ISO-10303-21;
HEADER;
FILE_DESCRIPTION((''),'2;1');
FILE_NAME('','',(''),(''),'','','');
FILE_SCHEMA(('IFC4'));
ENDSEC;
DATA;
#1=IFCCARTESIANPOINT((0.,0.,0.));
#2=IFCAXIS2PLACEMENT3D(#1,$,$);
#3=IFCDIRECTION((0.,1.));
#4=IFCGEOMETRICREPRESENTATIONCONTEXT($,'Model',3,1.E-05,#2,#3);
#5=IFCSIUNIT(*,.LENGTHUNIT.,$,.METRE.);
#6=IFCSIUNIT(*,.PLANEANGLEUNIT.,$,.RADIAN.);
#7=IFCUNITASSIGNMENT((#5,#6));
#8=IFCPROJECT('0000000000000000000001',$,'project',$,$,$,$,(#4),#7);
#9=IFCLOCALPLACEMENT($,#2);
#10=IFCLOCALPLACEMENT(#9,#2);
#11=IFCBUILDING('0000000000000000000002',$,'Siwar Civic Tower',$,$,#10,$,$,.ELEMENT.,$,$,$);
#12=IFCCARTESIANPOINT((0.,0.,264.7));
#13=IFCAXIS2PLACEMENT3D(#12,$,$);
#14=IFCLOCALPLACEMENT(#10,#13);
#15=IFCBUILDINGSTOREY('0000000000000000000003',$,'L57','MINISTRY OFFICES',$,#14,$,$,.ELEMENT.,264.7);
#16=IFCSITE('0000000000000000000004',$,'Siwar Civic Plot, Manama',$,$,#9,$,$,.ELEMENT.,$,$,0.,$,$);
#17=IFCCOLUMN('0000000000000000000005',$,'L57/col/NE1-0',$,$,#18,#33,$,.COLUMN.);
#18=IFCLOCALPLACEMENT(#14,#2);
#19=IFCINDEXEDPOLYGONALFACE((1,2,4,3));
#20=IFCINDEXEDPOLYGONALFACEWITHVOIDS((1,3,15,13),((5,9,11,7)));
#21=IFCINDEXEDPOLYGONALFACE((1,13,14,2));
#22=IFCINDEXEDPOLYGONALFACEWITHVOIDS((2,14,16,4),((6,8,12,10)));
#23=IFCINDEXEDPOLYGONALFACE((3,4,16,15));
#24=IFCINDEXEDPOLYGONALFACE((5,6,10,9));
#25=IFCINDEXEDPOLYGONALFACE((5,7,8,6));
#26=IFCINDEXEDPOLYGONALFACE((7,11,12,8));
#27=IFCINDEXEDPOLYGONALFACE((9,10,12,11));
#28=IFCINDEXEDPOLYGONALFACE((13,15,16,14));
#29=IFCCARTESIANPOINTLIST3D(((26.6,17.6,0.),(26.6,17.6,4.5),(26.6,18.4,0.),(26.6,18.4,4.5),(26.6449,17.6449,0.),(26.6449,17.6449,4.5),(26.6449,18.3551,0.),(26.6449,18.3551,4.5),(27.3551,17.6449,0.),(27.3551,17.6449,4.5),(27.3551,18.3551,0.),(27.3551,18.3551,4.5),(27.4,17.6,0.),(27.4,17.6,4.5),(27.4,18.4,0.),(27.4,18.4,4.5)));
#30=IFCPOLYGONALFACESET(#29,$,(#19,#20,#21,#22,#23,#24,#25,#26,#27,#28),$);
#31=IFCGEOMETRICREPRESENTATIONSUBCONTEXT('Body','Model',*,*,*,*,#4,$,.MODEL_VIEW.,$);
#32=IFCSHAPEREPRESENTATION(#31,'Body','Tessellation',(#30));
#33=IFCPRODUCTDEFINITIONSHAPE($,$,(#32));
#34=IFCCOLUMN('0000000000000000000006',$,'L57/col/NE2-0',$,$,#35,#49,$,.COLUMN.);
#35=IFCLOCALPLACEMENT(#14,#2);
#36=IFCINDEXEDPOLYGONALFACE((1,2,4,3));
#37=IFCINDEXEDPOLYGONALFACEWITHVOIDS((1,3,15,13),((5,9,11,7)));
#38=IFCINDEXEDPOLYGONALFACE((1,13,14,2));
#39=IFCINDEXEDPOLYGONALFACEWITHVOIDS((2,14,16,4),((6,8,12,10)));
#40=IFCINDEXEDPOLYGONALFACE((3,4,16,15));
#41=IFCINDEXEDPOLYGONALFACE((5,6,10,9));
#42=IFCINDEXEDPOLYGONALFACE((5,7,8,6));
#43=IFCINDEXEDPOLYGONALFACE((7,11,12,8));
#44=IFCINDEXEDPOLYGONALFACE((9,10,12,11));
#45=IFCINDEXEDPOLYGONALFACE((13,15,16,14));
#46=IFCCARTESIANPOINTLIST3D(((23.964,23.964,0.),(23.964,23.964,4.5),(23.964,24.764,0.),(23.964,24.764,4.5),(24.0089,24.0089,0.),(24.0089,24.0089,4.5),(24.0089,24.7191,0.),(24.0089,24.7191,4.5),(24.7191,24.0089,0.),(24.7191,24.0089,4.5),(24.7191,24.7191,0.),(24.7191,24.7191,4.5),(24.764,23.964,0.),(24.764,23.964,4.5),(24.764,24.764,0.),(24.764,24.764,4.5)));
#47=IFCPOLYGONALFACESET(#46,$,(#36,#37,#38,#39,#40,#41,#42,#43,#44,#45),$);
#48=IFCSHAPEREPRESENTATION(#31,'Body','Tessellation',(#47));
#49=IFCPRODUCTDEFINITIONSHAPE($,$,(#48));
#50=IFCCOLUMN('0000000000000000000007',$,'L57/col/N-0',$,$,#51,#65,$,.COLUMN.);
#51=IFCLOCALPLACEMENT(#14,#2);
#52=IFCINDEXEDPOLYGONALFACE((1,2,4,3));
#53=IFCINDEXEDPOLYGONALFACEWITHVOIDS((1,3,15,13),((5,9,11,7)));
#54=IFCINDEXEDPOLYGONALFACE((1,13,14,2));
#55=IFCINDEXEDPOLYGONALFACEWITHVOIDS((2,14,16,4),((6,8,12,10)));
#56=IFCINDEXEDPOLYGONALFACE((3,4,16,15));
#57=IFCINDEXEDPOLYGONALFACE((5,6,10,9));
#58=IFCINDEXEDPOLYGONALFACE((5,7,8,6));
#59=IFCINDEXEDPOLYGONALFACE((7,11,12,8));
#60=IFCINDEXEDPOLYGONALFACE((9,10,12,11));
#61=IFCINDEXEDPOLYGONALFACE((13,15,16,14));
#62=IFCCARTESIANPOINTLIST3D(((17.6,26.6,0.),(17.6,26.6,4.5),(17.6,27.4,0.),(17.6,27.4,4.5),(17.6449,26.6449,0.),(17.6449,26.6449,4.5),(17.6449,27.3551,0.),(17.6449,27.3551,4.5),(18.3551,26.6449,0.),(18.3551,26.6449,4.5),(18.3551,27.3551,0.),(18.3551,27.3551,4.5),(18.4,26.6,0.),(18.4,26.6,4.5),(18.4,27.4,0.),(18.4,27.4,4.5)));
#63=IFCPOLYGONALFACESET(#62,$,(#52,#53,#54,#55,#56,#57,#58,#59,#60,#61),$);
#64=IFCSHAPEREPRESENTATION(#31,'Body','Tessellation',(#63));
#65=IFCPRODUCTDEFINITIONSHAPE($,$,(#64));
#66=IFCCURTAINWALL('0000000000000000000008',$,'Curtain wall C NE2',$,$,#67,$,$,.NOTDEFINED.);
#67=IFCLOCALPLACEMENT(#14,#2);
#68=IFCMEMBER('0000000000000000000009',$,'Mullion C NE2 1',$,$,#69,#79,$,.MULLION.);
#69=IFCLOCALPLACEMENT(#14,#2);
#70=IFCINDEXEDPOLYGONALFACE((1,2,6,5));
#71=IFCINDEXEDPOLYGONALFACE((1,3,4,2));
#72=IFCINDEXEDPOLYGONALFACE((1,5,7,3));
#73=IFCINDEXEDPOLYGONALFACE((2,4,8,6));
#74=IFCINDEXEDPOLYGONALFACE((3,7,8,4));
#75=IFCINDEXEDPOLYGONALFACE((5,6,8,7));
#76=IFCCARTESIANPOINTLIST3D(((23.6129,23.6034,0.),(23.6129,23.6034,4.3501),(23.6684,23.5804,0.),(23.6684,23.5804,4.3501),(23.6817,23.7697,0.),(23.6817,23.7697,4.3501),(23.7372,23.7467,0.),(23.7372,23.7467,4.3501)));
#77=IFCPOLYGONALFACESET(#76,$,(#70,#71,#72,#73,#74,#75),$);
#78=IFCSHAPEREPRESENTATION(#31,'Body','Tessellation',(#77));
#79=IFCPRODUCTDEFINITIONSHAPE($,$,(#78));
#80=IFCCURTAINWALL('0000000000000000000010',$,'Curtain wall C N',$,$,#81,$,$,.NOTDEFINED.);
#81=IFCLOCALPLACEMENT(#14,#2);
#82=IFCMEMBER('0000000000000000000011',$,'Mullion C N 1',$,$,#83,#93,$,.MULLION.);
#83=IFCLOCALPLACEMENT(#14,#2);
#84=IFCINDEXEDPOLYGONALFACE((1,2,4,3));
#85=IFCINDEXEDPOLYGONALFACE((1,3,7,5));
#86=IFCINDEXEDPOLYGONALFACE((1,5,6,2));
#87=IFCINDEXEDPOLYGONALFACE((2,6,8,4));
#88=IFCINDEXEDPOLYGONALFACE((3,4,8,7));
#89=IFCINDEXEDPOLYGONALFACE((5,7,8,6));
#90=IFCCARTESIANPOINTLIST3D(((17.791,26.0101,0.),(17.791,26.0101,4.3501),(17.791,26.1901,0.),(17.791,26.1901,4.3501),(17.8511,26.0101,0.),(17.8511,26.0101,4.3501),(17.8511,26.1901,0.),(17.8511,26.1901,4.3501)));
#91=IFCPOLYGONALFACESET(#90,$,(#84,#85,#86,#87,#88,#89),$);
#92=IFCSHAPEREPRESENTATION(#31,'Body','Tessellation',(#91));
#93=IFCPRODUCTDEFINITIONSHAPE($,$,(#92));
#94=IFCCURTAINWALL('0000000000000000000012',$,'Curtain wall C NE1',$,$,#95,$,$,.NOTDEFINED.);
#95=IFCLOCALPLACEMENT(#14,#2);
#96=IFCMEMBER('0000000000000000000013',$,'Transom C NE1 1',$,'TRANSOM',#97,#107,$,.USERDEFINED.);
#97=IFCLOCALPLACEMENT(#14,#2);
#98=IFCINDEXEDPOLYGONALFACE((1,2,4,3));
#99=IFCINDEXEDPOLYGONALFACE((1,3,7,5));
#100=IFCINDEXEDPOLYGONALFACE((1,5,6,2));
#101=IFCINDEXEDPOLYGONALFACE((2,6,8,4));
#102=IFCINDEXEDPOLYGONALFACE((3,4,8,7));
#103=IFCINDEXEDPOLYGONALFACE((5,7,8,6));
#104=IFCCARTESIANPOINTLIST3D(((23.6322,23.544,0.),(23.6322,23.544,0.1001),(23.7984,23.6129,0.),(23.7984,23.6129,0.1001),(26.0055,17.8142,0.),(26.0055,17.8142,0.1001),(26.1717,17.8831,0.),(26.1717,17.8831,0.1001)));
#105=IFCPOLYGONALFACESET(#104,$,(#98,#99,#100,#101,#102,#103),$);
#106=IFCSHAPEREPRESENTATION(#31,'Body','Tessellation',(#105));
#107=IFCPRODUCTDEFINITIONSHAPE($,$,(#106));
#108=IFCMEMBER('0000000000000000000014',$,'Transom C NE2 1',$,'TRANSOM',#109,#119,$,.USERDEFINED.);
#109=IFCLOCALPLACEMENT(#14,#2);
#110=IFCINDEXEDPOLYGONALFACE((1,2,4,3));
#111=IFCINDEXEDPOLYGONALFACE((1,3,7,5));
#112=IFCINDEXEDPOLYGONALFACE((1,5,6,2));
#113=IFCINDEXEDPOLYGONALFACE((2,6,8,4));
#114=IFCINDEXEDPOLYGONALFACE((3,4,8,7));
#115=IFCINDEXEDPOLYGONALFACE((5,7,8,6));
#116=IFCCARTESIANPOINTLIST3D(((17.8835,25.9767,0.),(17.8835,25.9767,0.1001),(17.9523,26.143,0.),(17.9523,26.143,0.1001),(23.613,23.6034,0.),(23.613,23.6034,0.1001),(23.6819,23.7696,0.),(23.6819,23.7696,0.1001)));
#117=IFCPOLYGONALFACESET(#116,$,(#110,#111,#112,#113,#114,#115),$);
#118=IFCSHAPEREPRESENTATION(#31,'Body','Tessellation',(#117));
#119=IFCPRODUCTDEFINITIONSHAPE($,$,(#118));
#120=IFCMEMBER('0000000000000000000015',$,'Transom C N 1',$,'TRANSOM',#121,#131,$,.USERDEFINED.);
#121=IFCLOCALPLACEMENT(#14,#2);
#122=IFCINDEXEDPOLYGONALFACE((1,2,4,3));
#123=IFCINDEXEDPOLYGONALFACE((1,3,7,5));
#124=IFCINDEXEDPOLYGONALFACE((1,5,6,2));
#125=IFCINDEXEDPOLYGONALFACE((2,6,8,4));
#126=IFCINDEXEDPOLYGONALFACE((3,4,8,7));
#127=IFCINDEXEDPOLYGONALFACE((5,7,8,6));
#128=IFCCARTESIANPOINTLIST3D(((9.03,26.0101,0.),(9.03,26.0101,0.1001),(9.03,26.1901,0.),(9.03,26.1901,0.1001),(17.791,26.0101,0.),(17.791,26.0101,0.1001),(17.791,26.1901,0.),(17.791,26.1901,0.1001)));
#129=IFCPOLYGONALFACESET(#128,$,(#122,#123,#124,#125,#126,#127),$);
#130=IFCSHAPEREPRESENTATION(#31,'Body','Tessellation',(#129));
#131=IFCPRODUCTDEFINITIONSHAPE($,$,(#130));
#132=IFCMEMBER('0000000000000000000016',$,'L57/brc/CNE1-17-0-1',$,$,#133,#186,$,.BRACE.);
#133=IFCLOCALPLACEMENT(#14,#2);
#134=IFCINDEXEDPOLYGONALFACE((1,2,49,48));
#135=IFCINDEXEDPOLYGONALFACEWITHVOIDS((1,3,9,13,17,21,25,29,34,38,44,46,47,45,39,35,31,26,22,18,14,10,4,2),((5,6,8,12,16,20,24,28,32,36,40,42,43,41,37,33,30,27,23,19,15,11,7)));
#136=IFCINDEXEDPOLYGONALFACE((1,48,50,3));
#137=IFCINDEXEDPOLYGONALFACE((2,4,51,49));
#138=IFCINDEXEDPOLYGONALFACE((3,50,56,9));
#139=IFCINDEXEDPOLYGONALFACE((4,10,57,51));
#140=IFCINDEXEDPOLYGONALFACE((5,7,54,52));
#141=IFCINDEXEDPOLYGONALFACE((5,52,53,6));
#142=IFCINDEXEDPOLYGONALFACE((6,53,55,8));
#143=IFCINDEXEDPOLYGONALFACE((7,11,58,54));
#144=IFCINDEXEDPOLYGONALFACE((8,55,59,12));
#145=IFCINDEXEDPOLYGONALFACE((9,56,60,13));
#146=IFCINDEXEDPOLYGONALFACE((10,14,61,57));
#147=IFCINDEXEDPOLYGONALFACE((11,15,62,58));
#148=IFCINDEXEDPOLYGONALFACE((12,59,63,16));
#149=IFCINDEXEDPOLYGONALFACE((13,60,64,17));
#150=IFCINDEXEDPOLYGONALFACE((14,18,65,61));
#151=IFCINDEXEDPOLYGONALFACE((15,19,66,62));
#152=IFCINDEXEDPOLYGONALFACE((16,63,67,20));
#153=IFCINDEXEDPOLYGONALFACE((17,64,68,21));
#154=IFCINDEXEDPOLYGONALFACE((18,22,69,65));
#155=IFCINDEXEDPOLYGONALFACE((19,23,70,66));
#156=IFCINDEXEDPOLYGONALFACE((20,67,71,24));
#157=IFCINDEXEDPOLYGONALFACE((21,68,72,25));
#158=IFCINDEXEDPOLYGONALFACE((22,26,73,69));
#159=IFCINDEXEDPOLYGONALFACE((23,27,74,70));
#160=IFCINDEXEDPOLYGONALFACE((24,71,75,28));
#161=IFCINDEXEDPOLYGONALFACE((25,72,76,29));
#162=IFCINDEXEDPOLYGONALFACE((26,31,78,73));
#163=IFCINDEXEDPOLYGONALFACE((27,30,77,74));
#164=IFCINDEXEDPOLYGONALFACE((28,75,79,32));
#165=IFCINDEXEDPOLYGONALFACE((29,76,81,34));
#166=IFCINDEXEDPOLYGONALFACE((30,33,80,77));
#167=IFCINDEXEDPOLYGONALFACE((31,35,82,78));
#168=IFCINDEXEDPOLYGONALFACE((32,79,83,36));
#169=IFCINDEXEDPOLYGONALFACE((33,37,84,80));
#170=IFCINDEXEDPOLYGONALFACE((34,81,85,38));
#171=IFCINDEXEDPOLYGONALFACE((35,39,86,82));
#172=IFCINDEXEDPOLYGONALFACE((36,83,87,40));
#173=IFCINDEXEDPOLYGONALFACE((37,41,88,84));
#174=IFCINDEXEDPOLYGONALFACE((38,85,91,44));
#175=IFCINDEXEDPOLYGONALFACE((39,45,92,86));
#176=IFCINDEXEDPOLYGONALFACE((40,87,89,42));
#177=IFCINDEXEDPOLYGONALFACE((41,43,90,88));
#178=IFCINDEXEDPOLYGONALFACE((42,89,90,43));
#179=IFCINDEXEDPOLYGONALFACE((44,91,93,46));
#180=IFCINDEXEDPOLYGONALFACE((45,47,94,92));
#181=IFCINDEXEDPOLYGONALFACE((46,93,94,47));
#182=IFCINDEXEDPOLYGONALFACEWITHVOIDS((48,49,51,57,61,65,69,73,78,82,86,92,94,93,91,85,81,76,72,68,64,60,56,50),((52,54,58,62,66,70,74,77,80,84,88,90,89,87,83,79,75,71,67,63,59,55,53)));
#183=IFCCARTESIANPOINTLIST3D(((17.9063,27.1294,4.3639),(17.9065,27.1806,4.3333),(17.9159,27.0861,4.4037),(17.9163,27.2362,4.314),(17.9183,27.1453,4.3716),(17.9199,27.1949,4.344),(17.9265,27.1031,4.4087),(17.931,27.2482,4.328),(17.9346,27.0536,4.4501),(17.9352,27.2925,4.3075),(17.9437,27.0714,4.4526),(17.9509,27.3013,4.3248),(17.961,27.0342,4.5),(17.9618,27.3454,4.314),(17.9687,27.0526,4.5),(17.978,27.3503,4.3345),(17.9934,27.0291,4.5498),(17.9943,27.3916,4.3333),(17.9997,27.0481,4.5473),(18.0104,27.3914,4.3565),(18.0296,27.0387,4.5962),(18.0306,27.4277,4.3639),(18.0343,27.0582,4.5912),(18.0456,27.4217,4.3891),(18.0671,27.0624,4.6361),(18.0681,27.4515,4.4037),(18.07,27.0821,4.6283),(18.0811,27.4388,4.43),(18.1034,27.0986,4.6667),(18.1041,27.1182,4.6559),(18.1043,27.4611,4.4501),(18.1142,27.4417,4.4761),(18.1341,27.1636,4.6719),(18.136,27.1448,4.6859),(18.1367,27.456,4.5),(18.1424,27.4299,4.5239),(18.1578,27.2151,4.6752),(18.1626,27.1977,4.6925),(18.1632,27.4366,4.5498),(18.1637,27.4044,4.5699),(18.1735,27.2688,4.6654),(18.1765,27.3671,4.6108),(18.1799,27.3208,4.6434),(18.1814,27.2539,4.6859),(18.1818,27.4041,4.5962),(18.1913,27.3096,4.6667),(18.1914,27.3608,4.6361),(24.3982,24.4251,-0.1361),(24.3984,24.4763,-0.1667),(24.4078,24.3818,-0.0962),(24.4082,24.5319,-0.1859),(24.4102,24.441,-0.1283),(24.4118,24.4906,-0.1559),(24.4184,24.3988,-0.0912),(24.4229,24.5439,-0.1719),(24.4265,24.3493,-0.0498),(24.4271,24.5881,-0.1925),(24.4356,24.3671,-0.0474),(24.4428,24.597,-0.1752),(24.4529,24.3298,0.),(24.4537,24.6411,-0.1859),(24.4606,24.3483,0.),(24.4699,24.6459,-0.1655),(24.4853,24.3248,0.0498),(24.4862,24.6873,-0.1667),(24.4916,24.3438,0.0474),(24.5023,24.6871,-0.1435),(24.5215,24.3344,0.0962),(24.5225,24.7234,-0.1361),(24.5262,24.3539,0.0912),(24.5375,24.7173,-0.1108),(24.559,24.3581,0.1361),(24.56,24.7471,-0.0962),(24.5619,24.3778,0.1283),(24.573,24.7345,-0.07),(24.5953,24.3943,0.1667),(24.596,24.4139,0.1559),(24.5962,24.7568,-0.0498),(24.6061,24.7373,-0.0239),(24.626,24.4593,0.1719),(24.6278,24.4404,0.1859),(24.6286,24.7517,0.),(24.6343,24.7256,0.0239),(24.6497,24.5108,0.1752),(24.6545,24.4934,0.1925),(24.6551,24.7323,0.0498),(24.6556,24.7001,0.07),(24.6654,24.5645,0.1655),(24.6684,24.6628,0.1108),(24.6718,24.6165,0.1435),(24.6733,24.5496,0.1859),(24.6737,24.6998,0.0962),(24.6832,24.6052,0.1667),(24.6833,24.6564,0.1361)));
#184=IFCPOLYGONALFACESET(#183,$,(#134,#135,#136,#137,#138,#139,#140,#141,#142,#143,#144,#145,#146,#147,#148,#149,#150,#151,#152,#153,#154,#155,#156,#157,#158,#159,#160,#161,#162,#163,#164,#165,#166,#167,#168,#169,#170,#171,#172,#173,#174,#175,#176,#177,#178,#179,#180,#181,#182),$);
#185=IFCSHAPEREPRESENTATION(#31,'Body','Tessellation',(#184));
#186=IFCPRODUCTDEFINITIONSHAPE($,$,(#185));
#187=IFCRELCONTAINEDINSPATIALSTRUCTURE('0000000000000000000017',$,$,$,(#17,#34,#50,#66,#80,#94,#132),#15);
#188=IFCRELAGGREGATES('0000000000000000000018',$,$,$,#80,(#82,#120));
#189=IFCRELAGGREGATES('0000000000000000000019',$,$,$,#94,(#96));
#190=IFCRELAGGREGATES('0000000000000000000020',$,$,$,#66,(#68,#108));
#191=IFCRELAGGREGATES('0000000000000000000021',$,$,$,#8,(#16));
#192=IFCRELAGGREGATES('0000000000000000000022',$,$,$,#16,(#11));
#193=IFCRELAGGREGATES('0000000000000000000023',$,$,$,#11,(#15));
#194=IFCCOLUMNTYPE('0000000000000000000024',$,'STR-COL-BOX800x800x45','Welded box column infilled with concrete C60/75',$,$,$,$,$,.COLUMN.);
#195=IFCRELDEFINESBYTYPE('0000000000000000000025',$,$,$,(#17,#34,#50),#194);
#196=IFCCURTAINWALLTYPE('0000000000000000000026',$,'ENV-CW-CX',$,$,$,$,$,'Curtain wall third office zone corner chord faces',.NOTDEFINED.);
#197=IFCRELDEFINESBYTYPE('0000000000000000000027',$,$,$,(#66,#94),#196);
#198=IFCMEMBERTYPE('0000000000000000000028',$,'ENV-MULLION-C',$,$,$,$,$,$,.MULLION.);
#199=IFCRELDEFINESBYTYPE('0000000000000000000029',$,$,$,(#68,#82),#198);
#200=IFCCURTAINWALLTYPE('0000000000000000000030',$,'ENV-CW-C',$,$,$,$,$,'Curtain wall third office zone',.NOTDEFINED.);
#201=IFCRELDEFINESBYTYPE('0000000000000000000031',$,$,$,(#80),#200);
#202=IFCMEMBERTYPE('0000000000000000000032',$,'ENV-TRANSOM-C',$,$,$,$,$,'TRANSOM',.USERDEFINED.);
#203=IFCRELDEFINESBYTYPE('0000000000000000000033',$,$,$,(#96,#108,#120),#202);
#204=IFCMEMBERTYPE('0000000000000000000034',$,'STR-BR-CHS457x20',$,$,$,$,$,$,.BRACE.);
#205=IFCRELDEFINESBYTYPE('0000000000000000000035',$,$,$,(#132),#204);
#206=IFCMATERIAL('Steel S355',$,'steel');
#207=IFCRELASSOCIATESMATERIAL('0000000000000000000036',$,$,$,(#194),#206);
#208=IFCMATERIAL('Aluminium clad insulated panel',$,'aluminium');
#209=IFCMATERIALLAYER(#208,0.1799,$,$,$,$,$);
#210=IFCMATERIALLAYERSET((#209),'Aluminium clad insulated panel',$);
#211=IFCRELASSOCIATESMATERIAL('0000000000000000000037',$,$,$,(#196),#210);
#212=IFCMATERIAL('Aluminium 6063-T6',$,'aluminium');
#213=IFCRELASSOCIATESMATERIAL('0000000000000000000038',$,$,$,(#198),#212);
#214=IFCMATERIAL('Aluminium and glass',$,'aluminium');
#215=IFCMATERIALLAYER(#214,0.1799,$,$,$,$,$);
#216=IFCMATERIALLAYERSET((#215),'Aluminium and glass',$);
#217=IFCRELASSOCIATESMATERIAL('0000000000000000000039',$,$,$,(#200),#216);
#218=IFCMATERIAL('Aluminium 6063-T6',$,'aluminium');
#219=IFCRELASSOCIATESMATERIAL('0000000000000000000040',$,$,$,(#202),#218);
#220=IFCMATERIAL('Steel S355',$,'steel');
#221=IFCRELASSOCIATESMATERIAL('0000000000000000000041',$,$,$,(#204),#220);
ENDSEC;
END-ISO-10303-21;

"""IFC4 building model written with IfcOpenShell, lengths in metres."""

from ifc_helpers import new_model, si_unit, direction, frame, origin, origin_2d, place, context, subcontext, project, spatial, rectangle, hollow_rectangle, hollow_circle, extrude, material, layer, layer_set, material_profile, profile_set, type_object, element, aggregate, save


model = new_model("IFC4")

# Units and contexts
model_context = context("Model", 3, precision=1e-05, world=origin(), true_north=direction((0.0, 1.0)))
body_context = subcontext(model_context, "Body", "Model", "MODEL_VIEW")
ifc_project = project(units=[si_unit("LENGTHUNIT", "METRE"), si_unit("PLANEANGLEUNIT", "RADIAN")], contexts=[model_context])

# Site, building, storey
site_placement = place(None, origin())
site = spatial("IfcSite", under=ifc_project, at=site_placement, Name="Siwar Civic Plot, Manama", CompositionType="ELEMENT", RefElevation=0.0)
building_placement = place(site_placement, origin())
building = spatial("IfcBuilding", under=site, at=building_placement, Name="Siwar Civic Tower", CompositionType="ELEMENT")
storey_placement = place(building_placement, frame((0.0, 0.0, 264.7)))
storey = spatial("IfcBuildingStorey", under=building, at=storey_placement, Name="L57", Description="MINISTRY OFFICES", CompositionType="ELEMENT", Elevation=264.7)

# Columns
ifc_material_1 = material(Name="Steel S355", Category="steel")
ifc_material_profile_1 = material_profile(ifc_material_1, hollow_rectangle(XDim=0.8, YDim=0.8, WallThickness=0.0449, at=origin_2d()), Name="BOX800x800x45")
ifc_profile_set_1 = profile_set([ifc_material_profile_1], Name="Steel S355")
column_type = type_object("IfcColumnType", Name="STR-COL-BOX800x800x45", Description="Welded box column infilled with concrete C60/75", PredefinedType="COLUMN", material=ifc_profile_set_1)
for number, where, z_axis, x_axis, name in (
    (1, (27.0, 18.0, 0.0), (0.0, 0.0, 1.0), (1.0, 0.0, 0.0), "L57/col/NE1-0"),
    (2, (24.364, 24.364, 0.0), (0.0, 0.0, 1.0), (1.0, 0.0, 0.0), "L57/col/NE2-0"),
    (3, (18.0, 27.0, 0.0), (0.0, 0.0, 1.0), (1.0, 0.0, 0.0), "L57/col/N-0"),
):
    element("IfcColumn", number, at=place(storey_placement, frame(where, z_axis=z_axis, x_axis=x_axis)), inside=storey, type_object=column_type, Name=name, PredefinedType="COLUMN", context=body_context, shape_type="SweptSolid", body=[
        extrude(hollow_rectangle(XDim=0.8, YDim=0.8, WallThickness=0.0449, at=origin_2d()), origin(), (0.0, 0.0, 1.0), 4.5),
    ])

# Curtain walls, members
ifc_material_2 = material(Name="Aluminium clad insulated panel", Category="aluminium")
ifc_layer_1 = layer(ifc_material_2, 0.1799)
ifc_layer_set_1 = layer_set([ifc_layer_1], Name="Aluminium clad insulated panel")
curtain_wall_type_1 = type_object("IfcCurtainWallType", Name="ENV-CW-CX", ElementType="Curtain wall third office zone corner chord faces", PredefinedType="NOTDEFINED", material=ifc_layer_set_1)
curtain_wall_1_placement = place(storey_placement, origin())
curtain_wall_1 = element("IfcCurtainWall", 4, at=curtain_wall_1_placement, inside=storey, type_object=curtain_wall_type_1, Name="Curtain wall C NE2", PredefinedType="NOTDEFINED")
ifc_material_3 = material(Name="Aluminium 6063-T6", Category="aluminium")
ifc_material_profile_2 = material_profile(ifc_material_3, rectangle(XDim=0.1799, YDim=0.0601, at=origin_2d()), Name="AL 180x60")
ifc_profile_set_2 = profile_set([ifc_material_profile_2], Name="Aluminium 6063-T6")
member_type_1 = type_object("IfcMemberType", Name="ENV-MULLION-C", PredefinedType="MULLION", material=ifc_profile_set_2)
member_1_placement = place(storey_placement, frame((23.675, 23.675, 0.0), z_axis=(0.0, 0.0, 1.0), x_axis=(-0.382683, -0.92388, 0.0)))
member_1 = element("IfcMember", 5, at=member_1_placement, type_object=member_type_1, Name="Mullion C NE2 1", PredefinedType="MULLION", context=body_context, shape_type="SweptSolid", body=[
    extrude(rectangle(XDim=0.1799, YDim=0.0601, at=origin_2d()), origin(), (0.0, 0.0, 1.0), 4.3501),
])
ifc_material_4 = material(Name="Aluminium and glass", Category="aluminium")
ifc_layer_2 = layer(ifc_material_4, 0.1799)
ifc_layer_set_2 = layer_set([ifc_layer_2], Name="Aluminium and glass")
curtain_wall_type_2 = type_object("IfcCurtainWallType", Name="ENV-CW-C", ElementType="Curtain wall third office zone", PredefinedType="NOTDEFINED", material=ifc_layer_set_2)
curtain_wall_2_placement = place(storey_placement, origin())
curtain_wall_2 = element("IfcCurtainWall", 6, at=curtain_wall_2_placement, inside=storey, type_object=curtain_wall_type_2, Name="Curtain wall C N", PredefinedType="NOTDEFINED")
member_2_placement = place(storey_placement, frame((17.821, 26.1001, 0.0), z_axis=(0.0, 0.0, 1.0), x_axis=(0.0, -1.0, 0.0)))
member_2 = element("IfcMember", 7, at=member_2_placement, type_object=member_type_1, Name="Mullion C N 1", PredefinedType="MULLION", context=body_context, shape_type="SweptSolid", body=[
    extrude(rectangle(XDim=0.1799, YDim=0.0601, at=origin_2d()), origin(), (0.0, 0.0, 1.0), 4.3501),
])
curtain_wall_3_placement = place(storey_placement, origin())
curtain_wall_3 = element("IfcCurtainWall", 8, at=curtain_wall_3_placement, inside=storey, type_object=curtain_wall_type_1, Name="Curtain wall C NE1", PredefinedType="NOTDEFINED")
ifc_material_5 = material(Name="Aluminium 6063-T6", Category="aluminium")
ifc_material_profile_3 = material_profile(ifc_material_5, rectangle(XDim=0.1799, YDim=0.1001, at=origin_2d()), Name="AL 180x100")
ifc_profile_set_3 = profile_set([ifc_material_profile_3], Name="Aluminium 6063-T6")
member_type_2 = type_object("IfcMemberType", Name="ENV-TRANSOM-C", ElementType="TRANSOM", PredefinedType="USERDEFINED", material=ifc_profile_set_3)
member_3_placement = place(storey_placement, frame((26.0886, 17.8486, 0.05), z_axis=(-0.382677, 0.923882, 0.0), x_axis=(-0.923882, -0.382677, 0.0)))
member_3 = element("IfcMember", 9, at=member_3_placement, type_object=member_type_2, Name="Transom C NE1 1", ObjectType="TRANSOM", PredefinedType="USERDEFINED", context=body_context, shape_type="SweptSolid", body=[
    extrude(rectangle(XDim=0.1799, YDim=0.1001, at=origin_2d()), origin(), (0.0, 0.0, 1.0), 6.2019),
])

# Members
member_4_placement = place(storey_placement, frame((23.6475, 23.6865, 0.05), z_axis=(-0.923876, 0.382691, 0.0), x_axis=(-0.382691, -0.923876, 0.0)))
member_4 = element("IfcMember", 10, at=member_4_placement, type_object=member_type_2, Name="Transom C NE2 1", ObjectType="TRANSOM", PredefinedType="USERDEFINED", context=body_context, shape_type="SweptSolid", body=[
    extrude(rectangle(XDim=0.1799, YDim=0.1001, at=origin_2d()), origin(), (0.0, 0.0, 1.0), 6.2017),
])
member_5_placement = place(storey_placement, frame((17.791, 26.1001, 0.05), z_axis=(-1.0, 0.0, 0.0), x_axis=(0.0, -1.0, 0.0)))
member_5 = element("IfcMember", 11, at=member_5_placement, type_object=member_type_2, Name="Transom C N 1", ObjectType="TRANSOM", PredefinedType="USERDEFINED", context=body_context, shape_type="SweptSolid", body=[
    extrude(rectangle(XDim=0.1799, YDim=0.1001, at=origin_2d()), origin(), (0.0, 0.0, 1.0), 8.761),
])
aggregate(curtain_wall_2, [member_2, member_5])

# Member
ifc_material_6 = material(Name="Steel S355", Category="steel")
ifc_material_profile_4 = material_profile(ifc_material_6, hollow_circle(Radius=0.2285, WallThickness=0.02, at=origin_2d()), Name="CHS457x20")
ifc_profile_set_4 = profile_set([ifc_material_profile_4], Name="Steel S355")
member_type_3 = type_object("IfcMemberType", Name="STR-BR-CHS457x20", PredefinedType="BRACE", material=ifc_profile_set_4)
member_6_placement = place(storey_placement, frame((24.5408, 24.5408, 0.0), z_axis=(-0.777555, 0.323906, 0.538975), x_axis=(-0.384539, -0.923109, 0.0)))
element("IfcMember", 12, at=member_6_placement, inside=storey, type_object=member_type_3, Name="L57/brc/CNE1-17-0-1", PredefinedType="BRACE", context=body_context, shape_type="SweptSolid", body=[
    extrude(hollow_circle(Radius=0.2285, WallThickness=0.02, at=origin_2d()), origin(), (0.0, 0.0, 1.0), 8.3491),
])

aggregate(curtain_wall_3, [member_3])
aggregate(curtain_wall_1, [member_1, member_4])

save(model, "model.ifc")
